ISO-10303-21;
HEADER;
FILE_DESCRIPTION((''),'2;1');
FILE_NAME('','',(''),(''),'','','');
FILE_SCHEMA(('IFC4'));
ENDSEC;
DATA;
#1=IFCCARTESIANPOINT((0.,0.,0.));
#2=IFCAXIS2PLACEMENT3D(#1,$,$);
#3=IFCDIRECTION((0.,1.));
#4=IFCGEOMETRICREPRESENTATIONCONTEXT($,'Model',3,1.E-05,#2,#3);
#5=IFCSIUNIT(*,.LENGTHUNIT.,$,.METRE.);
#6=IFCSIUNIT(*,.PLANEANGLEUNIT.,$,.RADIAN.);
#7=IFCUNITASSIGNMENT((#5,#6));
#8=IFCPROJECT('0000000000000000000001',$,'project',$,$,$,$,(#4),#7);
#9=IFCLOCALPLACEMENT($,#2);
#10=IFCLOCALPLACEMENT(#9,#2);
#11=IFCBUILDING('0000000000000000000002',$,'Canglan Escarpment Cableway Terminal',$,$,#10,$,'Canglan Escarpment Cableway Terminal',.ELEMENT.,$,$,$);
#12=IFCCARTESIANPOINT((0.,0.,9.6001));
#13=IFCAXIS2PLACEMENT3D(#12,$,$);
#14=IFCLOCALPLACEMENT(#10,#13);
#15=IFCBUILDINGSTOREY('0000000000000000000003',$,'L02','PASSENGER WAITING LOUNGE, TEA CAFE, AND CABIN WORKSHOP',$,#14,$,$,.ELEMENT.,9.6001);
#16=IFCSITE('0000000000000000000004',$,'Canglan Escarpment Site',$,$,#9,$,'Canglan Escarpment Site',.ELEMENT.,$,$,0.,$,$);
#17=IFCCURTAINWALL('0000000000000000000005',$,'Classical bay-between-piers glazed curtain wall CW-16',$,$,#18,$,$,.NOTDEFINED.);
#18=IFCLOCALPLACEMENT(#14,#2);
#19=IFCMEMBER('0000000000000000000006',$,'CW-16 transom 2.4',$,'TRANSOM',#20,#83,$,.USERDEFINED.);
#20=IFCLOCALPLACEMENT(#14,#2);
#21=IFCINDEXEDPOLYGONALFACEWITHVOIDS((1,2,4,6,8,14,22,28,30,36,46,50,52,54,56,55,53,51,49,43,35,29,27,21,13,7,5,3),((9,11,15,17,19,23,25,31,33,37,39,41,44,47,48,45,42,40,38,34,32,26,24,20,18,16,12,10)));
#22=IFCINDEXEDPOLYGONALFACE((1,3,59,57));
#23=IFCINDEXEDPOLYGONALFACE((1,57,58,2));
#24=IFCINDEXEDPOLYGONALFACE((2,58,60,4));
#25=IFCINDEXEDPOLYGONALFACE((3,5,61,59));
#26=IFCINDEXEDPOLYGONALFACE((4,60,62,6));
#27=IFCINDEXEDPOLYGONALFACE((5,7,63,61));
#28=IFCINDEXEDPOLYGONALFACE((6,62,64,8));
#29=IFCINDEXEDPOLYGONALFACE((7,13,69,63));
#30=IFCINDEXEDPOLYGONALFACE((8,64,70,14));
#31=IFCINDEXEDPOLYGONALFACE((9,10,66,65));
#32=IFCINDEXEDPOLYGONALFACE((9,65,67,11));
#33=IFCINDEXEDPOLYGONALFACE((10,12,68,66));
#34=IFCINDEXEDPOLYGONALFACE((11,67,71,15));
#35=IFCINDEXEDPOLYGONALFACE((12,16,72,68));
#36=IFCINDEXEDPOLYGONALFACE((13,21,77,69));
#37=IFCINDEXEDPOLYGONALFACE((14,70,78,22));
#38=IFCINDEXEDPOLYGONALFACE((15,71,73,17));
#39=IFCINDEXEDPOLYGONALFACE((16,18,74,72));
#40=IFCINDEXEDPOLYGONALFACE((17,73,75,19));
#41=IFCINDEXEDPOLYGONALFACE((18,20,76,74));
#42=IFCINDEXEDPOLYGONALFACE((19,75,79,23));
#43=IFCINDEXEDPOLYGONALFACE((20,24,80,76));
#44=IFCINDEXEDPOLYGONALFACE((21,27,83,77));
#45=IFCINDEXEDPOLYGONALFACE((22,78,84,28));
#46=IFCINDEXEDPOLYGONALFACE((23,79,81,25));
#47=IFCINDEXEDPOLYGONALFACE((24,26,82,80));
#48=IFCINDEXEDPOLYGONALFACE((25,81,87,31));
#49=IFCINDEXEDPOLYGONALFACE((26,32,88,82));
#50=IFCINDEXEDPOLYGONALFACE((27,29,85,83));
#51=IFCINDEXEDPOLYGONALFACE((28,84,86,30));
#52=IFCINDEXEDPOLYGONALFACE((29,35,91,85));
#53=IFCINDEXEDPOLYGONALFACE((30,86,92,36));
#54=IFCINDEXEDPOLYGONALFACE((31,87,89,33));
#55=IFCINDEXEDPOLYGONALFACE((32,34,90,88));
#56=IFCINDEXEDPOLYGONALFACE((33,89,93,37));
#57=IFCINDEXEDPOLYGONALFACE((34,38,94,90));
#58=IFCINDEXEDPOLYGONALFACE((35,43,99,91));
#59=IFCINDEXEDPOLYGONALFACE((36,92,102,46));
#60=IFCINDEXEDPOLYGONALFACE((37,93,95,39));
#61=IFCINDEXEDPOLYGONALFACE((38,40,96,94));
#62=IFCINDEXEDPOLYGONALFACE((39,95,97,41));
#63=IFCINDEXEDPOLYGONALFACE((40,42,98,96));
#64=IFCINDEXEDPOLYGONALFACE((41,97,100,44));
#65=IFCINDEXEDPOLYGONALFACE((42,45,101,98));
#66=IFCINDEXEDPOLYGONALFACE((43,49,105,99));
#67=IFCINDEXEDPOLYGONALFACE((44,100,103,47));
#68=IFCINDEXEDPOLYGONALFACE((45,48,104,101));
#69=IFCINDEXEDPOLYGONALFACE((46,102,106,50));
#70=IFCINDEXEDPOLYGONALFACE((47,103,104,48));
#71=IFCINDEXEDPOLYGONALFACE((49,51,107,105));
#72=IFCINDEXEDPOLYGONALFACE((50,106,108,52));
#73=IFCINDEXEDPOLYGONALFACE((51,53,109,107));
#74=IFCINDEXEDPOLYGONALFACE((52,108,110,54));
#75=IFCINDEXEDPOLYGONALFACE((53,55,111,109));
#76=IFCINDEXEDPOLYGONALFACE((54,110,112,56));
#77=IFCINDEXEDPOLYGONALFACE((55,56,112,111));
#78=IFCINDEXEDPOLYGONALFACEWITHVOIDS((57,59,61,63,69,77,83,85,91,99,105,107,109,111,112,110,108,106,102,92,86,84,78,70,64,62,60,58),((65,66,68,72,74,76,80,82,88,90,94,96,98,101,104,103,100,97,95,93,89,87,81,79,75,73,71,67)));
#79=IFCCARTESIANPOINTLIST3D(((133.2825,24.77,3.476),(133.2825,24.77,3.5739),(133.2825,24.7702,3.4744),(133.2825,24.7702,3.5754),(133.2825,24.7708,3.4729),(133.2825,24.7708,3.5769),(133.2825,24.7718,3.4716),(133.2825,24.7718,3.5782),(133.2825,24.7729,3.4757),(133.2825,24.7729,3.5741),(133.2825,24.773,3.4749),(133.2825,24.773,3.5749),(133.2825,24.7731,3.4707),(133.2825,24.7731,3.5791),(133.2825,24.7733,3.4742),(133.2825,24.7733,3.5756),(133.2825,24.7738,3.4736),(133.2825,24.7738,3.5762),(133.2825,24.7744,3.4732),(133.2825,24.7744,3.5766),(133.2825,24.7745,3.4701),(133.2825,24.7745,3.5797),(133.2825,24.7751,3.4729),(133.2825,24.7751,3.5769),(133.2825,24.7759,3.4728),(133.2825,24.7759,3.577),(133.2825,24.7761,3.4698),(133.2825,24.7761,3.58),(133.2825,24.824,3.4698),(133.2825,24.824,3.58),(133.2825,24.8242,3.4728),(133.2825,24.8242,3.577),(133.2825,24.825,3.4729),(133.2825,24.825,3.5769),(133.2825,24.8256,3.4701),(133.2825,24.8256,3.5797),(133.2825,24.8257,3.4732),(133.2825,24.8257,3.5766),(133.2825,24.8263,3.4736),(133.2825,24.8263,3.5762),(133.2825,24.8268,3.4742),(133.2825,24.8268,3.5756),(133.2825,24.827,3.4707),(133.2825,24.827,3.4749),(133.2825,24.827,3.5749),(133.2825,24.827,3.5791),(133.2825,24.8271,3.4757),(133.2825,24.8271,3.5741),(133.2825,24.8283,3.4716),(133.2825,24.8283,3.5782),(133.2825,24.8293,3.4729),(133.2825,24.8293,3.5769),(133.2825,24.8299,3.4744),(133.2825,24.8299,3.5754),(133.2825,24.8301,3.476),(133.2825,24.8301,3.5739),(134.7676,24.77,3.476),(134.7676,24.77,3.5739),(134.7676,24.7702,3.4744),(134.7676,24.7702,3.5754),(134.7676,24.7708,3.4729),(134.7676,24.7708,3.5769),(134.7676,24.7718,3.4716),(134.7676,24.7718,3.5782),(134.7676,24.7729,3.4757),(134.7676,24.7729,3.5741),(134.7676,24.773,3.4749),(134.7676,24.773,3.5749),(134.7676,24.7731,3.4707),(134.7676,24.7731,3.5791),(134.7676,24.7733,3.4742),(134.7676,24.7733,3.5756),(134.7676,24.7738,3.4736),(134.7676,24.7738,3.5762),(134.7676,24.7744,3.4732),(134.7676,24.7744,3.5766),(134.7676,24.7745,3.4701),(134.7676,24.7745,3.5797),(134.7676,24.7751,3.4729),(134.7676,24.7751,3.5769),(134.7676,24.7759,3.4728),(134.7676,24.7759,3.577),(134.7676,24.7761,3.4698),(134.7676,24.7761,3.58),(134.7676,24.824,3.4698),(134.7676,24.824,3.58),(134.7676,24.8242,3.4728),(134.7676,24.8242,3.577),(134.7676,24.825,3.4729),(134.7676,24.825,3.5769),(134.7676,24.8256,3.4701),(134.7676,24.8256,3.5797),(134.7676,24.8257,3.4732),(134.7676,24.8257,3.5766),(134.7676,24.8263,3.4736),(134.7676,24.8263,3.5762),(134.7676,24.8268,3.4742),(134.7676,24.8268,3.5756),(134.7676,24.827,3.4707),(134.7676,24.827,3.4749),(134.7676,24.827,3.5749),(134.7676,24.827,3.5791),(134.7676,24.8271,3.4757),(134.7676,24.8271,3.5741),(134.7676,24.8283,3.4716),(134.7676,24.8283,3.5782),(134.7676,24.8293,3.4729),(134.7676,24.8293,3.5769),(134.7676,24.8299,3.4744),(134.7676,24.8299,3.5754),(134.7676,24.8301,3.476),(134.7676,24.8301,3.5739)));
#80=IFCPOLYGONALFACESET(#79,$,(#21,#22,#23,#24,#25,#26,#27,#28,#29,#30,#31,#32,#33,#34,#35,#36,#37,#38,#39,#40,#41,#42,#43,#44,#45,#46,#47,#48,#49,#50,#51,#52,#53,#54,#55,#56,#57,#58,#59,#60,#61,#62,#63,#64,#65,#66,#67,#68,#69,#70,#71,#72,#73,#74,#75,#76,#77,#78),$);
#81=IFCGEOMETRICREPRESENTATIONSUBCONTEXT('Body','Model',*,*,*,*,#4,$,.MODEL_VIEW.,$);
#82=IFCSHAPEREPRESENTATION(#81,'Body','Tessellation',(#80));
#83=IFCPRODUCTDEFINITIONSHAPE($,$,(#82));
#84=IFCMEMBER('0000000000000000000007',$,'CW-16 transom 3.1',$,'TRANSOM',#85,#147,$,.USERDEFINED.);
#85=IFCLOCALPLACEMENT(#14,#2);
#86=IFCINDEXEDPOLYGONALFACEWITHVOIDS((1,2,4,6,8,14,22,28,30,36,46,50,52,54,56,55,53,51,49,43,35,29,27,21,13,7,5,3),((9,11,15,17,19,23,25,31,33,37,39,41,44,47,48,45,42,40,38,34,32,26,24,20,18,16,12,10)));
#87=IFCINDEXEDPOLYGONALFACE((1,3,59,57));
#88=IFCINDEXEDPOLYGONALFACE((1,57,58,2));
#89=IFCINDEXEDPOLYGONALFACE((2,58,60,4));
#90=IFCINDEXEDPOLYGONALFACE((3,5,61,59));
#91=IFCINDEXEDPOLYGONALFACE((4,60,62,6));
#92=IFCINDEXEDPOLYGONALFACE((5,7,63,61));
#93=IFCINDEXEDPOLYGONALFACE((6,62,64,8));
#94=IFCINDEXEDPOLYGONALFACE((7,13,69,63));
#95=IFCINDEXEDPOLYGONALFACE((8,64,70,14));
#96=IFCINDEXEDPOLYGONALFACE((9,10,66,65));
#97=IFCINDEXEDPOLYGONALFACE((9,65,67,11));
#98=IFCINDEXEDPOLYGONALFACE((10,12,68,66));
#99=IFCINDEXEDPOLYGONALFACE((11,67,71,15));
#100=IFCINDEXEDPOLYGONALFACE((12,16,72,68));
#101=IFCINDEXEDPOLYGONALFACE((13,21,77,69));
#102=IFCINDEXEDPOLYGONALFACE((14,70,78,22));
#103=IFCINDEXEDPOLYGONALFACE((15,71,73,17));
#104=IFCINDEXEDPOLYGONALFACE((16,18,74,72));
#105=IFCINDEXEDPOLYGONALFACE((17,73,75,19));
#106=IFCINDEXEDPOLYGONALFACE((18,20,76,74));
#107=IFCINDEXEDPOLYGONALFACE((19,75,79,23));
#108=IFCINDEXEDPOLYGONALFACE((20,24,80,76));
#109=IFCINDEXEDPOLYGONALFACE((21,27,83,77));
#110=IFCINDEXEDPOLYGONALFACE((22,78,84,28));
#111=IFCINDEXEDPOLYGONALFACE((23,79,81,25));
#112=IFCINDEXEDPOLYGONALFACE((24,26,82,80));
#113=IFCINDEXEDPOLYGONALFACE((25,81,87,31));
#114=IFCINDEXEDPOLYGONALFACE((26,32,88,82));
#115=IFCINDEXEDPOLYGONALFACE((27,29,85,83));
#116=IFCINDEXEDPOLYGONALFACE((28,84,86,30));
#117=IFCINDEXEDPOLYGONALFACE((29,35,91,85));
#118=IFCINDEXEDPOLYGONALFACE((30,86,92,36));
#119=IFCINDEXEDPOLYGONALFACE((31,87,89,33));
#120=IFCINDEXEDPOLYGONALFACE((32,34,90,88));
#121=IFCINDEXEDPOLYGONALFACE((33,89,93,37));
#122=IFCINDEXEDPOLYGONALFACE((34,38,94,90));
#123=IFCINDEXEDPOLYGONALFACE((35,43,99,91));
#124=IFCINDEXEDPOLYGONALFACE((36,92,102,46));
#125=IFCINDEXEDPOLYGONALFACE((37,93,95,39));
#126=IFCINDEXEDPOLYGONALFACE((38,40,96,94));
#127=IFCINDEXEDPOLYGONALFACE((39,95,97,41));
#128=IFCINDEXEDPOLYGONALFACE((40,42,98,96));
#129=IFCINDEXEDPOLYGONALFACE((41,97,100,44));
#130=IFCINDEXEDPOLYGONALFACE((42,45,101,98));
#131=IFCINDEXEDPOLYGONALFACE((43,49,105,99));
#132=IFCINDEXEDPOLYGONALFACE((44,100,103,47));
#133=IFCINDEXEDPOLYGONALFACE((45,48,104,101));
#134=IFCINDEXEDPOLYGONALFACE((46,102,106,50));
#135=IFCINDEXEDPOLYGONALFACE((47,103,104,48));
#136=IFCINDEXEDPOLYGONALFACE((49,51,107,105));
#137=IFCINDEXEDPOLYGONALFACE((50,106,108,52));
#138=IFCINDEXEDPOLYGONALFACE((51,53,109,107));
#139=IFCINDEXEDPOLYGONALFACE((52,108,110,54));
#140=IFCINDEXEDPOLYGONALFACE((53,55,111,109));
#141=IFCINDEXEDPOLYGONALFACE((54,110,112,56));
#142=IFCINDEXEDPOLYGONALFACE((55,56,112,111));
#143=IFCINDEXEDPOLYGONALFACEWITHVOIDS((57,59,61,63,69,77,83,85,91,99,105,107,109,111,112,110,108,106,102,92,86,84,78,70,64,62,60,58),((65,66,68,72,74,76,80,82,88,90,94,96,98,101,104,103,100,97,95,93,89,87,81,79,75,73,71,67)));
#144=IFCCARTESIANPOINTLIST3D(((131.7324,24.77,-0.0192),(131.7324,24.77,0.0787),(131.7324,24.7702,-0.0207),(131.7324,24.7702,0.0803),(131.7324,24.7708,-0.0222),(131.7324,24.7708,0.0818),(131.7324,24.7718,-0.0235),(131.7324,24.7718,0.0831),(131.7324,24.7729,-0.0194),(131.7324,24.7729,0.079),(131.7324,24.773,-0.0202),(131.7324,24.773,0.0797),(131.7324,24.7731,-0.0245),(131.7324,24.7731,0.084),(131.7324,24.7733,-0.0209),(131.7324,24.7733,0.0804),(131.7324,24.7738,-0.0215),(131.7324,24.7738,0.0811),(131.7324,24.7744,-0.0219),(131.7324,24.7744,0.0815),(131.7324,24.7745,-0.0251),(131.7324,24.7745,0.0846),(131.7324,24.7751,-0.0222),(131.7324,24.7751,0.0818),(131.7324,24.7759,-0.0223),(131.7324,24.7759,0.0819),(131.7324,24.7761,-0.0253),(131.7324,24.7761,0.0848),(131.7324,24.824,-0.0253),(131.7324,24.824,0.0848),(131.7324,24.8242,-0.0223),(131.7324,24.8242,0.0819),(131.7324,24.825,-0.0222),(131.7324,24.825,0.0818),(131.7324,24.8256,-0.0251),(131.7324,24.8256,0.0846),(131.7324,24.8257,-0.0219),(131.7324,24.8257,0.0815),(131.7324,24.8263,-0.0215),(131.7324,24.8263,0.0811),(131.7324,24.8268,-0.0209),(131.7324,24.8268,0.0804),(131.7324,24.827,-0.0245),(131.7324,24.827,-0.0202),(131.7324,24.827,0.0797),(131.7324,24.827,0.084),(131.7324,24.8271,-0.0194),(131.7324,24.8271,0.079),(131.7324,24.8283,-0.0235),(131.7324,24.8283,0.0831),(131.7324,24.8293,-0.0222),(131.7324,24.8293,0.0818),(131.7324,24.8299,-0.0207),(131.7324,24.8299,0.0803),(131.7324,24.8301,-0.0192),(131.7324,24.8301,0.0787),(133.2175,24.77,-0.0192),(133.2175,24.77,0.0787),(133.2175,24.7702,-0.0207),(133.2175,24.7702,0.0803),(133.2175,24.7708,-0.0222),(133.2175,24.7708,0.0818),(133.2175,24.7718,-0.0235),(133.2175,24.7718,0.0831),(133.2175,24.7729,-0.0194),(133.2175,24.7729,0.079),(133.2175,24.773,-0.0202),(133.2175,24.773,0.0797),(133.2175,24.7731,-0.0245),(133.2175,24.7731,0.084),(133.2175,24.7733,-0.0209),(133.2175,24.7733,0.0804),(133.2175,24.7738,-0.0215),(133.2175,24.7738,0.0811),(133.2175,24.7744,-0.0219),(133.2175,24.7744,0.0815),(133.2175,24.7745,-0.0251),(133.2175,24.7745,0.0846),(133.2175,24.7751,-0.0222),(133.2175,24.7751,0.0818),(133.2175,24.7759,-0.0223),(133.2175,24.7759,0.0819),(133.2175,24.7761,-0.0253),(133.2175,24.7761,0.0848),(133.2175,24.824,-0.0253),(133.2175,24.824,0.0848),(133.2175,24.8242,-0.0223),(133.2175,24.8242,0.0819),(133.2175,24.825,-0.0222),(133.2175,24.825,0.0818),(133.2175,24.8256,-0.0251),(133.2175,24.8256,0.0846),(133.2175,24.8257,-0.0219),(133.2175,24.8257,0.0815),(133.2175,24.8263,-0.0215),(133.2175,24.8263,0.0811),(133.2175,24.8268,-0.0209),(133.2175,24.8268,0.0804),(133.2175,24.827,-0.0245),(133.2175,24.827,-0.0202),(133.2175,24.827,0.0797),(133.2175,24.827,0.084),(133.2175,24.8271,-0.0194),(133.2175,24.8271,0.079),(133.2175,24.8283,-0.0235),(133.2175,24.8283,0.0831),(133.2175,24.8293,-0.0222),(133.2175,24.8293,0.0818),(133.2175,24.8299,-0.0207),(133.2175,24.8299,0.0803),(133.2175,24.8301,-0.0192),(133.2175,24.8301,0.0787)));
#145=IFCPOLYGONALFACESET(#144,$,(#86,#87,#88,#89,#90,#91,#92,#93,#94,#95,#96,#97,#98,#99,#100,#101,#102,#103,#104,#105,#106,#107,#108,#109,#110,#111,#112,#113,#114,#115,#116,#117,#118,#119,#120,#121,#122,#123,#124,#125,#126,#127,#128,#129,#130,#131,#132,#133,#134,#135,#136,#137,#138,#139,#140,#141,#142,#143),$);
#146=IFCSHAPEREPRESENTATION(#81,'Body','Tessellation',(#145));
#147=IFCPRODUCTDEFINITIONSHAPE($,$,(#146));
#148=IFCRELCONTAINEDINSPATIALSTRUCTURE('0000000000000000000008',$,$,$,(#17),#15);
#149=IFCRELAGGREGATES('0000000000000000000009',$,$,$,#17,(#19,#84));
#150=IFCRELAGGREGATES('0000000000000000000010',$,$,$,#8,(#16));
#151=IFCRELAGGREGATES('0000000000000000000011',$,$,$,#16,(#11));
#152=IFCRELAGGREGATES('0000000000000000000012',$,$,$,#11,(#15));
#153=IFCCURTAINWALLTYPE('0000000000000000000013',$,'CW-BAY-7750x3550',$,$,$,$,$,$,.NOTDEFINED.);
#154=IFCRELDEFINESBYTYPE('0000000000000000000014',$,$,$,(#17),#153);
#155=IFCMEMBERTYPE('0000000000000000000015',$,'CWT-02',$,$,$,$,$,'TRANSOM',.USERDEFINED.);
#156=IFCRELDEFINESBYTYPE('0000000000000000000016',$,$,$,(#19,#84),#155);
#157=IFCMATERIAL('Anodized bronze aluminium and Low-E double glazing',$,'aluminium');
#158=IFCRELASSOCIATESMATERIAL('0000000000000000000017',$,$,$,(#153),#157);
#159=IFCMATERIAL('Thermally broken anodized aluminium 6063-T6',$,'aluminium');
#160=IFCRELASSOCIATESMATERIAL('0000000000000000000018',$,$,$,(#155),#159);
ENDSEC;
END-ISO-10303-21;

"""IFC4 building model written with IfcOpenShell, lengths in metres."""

from ifc_helpers import new_model, si_unit, direction, frame, origin, origin_2d, place, context, subcontext, project, spatial, hollow_rectangle, extrude, material, material_profile, profile_set, type_object, element, aggregate, save


model = new_model("IFC4")

# Units and contexts
model_context = context("Model", 3, precision=1e-05, world=origin(), true_north=direction((0.0, 1.0)))
body_context = subcontext(model_context, "Body", "Model", "MODEL_VIEW")
ifc_project = project(units=[si_unit("LENGTHUNIT", "METRE"), si_unit("PLANEANGLEUNIT", "RADIAN")], contexts=[model_context])

# Site, building, storey
site_placement = place(None, origin())
site = spatial("IfcSite", under=ifc_project, at=site_placement, Name="Canglan Escarpment Site", LongName="Canglan Escarpment Site", CompositionType="ELEMENT", RefElevation=0.0)
building_placement = place(site_placement, origin())
building = spatial("IfcBuilding", under=site, at=building_placement, Name="Canglan Escarpment Cableway Terminal", LongName="Canglan Escarpment Cableway Terminal", CompositionType="ELEMENT")
storey_placement = place(building_placement, frame((0.0, 0.0, 9.6001)))
storey = spatial("IfcBuildingStorey", under=building, at=storey_placement, Name="L02", Description="PASSENGER WAITING LOUNGE, TEA CAFE, AND CABIN WORKSHOP", CompositionType="ELEMENT", Elevation=9.6001)

# Curtain wall, members
ifc_material_1 = material(Name="Anodized bronze aluminium and Low-E double glazing", Category="aluminium")
curtain_wall_type = type_object("IfcCurtainWallType", Name="CW-BAY-7750x3550", PredefinedType="NOTDEFINED", material=ifc_material_1)
curtain_wall_placement = place(storey_placement, origin())
curtain_wall = element("IfcCurtainWall", 1, at=curtain_wall_placement, inside=storey, type_object=curtain_wall_type, Name="Classical bay-between-piers glazed curtain wall CW-16", PredefinedType="NOTDEFINED")
ifc_material_2 = material(Name="Thermally broken anodized aluminium 6063-T6", Category="aluminium")
ifc_material_profile_1 = material_profile(ifc_material_2, hollow_rectangle(XDim=0.0601, YDim=0.1101, WallThickness=0.0029, InnerFilletRadius=0.0029, OuterFilletRadius=0.0061, at=origin_2d()), Name="ALU-TRAN 60x110x3")
ifc_profile_set_1 = profile_set([ifc_material_profile_1], Name="Thermally broken anodized aluminium 6063-T6")
member_type_1 = type_object("IfcMemberType", Name="CWT-02", ElementType="TRANSOM", PredefinedType="USERDEFINED", material=ifc_profile_set_1)
member_1_placement = place(storey_placement, frame((134.7676, 24.8, 3.5249), z_axis=(-1.0, 0.0, 0.0), x_axis=(0.0, -1.0, 0.0)))
member_1 = element("IfcMember", 2, at=member_1_placement, type_object=member_type_1, Name="CW-16 transom 2.4", ObjectType="TRANSOM", PredefinedType="USERDEFINED", context=body_context, shape_type="SweptSolid", body=[
    extrude(hollow_rectangle(XDim=0.0601, YDim=0.1101, WallThickness=0.0029, InnerFilletRadius=0.0029, OuterFilletRadius=0.0061, at=origin_2d()), origin(), (0.0, 0.0, 1.0), 1.4851),
])
member_2_placement = place(storey_placement, frame((133.2175, 24.8, 0.0298), z_axis=(-1.0, 0.0, 0.0), x_axis=(0.0, -1.0, 0.0)))
member_2 = element("IfcMember", 3, at=member_2_placement, type_object=member_type_1, Name="CW-16 transom 3.1", ObjectType="TRANSOM", PredefinedType="USERDEFINED", context=body_context, shape_type="SweptSolid", body=[
    extrude(hollow_rectangle(XDim=0.0601, YDim=0.1101, WallThickness=0.0029, InnerFilletRadius=0.0029, OuterFilletRadius=0.0061, at=origin_2d()), origin(), (0.0, 0.0, 1.0), 1.4851),
])
aggregate(curtain_wall, [member_1, member_2])

save(model, "model.ifc")
